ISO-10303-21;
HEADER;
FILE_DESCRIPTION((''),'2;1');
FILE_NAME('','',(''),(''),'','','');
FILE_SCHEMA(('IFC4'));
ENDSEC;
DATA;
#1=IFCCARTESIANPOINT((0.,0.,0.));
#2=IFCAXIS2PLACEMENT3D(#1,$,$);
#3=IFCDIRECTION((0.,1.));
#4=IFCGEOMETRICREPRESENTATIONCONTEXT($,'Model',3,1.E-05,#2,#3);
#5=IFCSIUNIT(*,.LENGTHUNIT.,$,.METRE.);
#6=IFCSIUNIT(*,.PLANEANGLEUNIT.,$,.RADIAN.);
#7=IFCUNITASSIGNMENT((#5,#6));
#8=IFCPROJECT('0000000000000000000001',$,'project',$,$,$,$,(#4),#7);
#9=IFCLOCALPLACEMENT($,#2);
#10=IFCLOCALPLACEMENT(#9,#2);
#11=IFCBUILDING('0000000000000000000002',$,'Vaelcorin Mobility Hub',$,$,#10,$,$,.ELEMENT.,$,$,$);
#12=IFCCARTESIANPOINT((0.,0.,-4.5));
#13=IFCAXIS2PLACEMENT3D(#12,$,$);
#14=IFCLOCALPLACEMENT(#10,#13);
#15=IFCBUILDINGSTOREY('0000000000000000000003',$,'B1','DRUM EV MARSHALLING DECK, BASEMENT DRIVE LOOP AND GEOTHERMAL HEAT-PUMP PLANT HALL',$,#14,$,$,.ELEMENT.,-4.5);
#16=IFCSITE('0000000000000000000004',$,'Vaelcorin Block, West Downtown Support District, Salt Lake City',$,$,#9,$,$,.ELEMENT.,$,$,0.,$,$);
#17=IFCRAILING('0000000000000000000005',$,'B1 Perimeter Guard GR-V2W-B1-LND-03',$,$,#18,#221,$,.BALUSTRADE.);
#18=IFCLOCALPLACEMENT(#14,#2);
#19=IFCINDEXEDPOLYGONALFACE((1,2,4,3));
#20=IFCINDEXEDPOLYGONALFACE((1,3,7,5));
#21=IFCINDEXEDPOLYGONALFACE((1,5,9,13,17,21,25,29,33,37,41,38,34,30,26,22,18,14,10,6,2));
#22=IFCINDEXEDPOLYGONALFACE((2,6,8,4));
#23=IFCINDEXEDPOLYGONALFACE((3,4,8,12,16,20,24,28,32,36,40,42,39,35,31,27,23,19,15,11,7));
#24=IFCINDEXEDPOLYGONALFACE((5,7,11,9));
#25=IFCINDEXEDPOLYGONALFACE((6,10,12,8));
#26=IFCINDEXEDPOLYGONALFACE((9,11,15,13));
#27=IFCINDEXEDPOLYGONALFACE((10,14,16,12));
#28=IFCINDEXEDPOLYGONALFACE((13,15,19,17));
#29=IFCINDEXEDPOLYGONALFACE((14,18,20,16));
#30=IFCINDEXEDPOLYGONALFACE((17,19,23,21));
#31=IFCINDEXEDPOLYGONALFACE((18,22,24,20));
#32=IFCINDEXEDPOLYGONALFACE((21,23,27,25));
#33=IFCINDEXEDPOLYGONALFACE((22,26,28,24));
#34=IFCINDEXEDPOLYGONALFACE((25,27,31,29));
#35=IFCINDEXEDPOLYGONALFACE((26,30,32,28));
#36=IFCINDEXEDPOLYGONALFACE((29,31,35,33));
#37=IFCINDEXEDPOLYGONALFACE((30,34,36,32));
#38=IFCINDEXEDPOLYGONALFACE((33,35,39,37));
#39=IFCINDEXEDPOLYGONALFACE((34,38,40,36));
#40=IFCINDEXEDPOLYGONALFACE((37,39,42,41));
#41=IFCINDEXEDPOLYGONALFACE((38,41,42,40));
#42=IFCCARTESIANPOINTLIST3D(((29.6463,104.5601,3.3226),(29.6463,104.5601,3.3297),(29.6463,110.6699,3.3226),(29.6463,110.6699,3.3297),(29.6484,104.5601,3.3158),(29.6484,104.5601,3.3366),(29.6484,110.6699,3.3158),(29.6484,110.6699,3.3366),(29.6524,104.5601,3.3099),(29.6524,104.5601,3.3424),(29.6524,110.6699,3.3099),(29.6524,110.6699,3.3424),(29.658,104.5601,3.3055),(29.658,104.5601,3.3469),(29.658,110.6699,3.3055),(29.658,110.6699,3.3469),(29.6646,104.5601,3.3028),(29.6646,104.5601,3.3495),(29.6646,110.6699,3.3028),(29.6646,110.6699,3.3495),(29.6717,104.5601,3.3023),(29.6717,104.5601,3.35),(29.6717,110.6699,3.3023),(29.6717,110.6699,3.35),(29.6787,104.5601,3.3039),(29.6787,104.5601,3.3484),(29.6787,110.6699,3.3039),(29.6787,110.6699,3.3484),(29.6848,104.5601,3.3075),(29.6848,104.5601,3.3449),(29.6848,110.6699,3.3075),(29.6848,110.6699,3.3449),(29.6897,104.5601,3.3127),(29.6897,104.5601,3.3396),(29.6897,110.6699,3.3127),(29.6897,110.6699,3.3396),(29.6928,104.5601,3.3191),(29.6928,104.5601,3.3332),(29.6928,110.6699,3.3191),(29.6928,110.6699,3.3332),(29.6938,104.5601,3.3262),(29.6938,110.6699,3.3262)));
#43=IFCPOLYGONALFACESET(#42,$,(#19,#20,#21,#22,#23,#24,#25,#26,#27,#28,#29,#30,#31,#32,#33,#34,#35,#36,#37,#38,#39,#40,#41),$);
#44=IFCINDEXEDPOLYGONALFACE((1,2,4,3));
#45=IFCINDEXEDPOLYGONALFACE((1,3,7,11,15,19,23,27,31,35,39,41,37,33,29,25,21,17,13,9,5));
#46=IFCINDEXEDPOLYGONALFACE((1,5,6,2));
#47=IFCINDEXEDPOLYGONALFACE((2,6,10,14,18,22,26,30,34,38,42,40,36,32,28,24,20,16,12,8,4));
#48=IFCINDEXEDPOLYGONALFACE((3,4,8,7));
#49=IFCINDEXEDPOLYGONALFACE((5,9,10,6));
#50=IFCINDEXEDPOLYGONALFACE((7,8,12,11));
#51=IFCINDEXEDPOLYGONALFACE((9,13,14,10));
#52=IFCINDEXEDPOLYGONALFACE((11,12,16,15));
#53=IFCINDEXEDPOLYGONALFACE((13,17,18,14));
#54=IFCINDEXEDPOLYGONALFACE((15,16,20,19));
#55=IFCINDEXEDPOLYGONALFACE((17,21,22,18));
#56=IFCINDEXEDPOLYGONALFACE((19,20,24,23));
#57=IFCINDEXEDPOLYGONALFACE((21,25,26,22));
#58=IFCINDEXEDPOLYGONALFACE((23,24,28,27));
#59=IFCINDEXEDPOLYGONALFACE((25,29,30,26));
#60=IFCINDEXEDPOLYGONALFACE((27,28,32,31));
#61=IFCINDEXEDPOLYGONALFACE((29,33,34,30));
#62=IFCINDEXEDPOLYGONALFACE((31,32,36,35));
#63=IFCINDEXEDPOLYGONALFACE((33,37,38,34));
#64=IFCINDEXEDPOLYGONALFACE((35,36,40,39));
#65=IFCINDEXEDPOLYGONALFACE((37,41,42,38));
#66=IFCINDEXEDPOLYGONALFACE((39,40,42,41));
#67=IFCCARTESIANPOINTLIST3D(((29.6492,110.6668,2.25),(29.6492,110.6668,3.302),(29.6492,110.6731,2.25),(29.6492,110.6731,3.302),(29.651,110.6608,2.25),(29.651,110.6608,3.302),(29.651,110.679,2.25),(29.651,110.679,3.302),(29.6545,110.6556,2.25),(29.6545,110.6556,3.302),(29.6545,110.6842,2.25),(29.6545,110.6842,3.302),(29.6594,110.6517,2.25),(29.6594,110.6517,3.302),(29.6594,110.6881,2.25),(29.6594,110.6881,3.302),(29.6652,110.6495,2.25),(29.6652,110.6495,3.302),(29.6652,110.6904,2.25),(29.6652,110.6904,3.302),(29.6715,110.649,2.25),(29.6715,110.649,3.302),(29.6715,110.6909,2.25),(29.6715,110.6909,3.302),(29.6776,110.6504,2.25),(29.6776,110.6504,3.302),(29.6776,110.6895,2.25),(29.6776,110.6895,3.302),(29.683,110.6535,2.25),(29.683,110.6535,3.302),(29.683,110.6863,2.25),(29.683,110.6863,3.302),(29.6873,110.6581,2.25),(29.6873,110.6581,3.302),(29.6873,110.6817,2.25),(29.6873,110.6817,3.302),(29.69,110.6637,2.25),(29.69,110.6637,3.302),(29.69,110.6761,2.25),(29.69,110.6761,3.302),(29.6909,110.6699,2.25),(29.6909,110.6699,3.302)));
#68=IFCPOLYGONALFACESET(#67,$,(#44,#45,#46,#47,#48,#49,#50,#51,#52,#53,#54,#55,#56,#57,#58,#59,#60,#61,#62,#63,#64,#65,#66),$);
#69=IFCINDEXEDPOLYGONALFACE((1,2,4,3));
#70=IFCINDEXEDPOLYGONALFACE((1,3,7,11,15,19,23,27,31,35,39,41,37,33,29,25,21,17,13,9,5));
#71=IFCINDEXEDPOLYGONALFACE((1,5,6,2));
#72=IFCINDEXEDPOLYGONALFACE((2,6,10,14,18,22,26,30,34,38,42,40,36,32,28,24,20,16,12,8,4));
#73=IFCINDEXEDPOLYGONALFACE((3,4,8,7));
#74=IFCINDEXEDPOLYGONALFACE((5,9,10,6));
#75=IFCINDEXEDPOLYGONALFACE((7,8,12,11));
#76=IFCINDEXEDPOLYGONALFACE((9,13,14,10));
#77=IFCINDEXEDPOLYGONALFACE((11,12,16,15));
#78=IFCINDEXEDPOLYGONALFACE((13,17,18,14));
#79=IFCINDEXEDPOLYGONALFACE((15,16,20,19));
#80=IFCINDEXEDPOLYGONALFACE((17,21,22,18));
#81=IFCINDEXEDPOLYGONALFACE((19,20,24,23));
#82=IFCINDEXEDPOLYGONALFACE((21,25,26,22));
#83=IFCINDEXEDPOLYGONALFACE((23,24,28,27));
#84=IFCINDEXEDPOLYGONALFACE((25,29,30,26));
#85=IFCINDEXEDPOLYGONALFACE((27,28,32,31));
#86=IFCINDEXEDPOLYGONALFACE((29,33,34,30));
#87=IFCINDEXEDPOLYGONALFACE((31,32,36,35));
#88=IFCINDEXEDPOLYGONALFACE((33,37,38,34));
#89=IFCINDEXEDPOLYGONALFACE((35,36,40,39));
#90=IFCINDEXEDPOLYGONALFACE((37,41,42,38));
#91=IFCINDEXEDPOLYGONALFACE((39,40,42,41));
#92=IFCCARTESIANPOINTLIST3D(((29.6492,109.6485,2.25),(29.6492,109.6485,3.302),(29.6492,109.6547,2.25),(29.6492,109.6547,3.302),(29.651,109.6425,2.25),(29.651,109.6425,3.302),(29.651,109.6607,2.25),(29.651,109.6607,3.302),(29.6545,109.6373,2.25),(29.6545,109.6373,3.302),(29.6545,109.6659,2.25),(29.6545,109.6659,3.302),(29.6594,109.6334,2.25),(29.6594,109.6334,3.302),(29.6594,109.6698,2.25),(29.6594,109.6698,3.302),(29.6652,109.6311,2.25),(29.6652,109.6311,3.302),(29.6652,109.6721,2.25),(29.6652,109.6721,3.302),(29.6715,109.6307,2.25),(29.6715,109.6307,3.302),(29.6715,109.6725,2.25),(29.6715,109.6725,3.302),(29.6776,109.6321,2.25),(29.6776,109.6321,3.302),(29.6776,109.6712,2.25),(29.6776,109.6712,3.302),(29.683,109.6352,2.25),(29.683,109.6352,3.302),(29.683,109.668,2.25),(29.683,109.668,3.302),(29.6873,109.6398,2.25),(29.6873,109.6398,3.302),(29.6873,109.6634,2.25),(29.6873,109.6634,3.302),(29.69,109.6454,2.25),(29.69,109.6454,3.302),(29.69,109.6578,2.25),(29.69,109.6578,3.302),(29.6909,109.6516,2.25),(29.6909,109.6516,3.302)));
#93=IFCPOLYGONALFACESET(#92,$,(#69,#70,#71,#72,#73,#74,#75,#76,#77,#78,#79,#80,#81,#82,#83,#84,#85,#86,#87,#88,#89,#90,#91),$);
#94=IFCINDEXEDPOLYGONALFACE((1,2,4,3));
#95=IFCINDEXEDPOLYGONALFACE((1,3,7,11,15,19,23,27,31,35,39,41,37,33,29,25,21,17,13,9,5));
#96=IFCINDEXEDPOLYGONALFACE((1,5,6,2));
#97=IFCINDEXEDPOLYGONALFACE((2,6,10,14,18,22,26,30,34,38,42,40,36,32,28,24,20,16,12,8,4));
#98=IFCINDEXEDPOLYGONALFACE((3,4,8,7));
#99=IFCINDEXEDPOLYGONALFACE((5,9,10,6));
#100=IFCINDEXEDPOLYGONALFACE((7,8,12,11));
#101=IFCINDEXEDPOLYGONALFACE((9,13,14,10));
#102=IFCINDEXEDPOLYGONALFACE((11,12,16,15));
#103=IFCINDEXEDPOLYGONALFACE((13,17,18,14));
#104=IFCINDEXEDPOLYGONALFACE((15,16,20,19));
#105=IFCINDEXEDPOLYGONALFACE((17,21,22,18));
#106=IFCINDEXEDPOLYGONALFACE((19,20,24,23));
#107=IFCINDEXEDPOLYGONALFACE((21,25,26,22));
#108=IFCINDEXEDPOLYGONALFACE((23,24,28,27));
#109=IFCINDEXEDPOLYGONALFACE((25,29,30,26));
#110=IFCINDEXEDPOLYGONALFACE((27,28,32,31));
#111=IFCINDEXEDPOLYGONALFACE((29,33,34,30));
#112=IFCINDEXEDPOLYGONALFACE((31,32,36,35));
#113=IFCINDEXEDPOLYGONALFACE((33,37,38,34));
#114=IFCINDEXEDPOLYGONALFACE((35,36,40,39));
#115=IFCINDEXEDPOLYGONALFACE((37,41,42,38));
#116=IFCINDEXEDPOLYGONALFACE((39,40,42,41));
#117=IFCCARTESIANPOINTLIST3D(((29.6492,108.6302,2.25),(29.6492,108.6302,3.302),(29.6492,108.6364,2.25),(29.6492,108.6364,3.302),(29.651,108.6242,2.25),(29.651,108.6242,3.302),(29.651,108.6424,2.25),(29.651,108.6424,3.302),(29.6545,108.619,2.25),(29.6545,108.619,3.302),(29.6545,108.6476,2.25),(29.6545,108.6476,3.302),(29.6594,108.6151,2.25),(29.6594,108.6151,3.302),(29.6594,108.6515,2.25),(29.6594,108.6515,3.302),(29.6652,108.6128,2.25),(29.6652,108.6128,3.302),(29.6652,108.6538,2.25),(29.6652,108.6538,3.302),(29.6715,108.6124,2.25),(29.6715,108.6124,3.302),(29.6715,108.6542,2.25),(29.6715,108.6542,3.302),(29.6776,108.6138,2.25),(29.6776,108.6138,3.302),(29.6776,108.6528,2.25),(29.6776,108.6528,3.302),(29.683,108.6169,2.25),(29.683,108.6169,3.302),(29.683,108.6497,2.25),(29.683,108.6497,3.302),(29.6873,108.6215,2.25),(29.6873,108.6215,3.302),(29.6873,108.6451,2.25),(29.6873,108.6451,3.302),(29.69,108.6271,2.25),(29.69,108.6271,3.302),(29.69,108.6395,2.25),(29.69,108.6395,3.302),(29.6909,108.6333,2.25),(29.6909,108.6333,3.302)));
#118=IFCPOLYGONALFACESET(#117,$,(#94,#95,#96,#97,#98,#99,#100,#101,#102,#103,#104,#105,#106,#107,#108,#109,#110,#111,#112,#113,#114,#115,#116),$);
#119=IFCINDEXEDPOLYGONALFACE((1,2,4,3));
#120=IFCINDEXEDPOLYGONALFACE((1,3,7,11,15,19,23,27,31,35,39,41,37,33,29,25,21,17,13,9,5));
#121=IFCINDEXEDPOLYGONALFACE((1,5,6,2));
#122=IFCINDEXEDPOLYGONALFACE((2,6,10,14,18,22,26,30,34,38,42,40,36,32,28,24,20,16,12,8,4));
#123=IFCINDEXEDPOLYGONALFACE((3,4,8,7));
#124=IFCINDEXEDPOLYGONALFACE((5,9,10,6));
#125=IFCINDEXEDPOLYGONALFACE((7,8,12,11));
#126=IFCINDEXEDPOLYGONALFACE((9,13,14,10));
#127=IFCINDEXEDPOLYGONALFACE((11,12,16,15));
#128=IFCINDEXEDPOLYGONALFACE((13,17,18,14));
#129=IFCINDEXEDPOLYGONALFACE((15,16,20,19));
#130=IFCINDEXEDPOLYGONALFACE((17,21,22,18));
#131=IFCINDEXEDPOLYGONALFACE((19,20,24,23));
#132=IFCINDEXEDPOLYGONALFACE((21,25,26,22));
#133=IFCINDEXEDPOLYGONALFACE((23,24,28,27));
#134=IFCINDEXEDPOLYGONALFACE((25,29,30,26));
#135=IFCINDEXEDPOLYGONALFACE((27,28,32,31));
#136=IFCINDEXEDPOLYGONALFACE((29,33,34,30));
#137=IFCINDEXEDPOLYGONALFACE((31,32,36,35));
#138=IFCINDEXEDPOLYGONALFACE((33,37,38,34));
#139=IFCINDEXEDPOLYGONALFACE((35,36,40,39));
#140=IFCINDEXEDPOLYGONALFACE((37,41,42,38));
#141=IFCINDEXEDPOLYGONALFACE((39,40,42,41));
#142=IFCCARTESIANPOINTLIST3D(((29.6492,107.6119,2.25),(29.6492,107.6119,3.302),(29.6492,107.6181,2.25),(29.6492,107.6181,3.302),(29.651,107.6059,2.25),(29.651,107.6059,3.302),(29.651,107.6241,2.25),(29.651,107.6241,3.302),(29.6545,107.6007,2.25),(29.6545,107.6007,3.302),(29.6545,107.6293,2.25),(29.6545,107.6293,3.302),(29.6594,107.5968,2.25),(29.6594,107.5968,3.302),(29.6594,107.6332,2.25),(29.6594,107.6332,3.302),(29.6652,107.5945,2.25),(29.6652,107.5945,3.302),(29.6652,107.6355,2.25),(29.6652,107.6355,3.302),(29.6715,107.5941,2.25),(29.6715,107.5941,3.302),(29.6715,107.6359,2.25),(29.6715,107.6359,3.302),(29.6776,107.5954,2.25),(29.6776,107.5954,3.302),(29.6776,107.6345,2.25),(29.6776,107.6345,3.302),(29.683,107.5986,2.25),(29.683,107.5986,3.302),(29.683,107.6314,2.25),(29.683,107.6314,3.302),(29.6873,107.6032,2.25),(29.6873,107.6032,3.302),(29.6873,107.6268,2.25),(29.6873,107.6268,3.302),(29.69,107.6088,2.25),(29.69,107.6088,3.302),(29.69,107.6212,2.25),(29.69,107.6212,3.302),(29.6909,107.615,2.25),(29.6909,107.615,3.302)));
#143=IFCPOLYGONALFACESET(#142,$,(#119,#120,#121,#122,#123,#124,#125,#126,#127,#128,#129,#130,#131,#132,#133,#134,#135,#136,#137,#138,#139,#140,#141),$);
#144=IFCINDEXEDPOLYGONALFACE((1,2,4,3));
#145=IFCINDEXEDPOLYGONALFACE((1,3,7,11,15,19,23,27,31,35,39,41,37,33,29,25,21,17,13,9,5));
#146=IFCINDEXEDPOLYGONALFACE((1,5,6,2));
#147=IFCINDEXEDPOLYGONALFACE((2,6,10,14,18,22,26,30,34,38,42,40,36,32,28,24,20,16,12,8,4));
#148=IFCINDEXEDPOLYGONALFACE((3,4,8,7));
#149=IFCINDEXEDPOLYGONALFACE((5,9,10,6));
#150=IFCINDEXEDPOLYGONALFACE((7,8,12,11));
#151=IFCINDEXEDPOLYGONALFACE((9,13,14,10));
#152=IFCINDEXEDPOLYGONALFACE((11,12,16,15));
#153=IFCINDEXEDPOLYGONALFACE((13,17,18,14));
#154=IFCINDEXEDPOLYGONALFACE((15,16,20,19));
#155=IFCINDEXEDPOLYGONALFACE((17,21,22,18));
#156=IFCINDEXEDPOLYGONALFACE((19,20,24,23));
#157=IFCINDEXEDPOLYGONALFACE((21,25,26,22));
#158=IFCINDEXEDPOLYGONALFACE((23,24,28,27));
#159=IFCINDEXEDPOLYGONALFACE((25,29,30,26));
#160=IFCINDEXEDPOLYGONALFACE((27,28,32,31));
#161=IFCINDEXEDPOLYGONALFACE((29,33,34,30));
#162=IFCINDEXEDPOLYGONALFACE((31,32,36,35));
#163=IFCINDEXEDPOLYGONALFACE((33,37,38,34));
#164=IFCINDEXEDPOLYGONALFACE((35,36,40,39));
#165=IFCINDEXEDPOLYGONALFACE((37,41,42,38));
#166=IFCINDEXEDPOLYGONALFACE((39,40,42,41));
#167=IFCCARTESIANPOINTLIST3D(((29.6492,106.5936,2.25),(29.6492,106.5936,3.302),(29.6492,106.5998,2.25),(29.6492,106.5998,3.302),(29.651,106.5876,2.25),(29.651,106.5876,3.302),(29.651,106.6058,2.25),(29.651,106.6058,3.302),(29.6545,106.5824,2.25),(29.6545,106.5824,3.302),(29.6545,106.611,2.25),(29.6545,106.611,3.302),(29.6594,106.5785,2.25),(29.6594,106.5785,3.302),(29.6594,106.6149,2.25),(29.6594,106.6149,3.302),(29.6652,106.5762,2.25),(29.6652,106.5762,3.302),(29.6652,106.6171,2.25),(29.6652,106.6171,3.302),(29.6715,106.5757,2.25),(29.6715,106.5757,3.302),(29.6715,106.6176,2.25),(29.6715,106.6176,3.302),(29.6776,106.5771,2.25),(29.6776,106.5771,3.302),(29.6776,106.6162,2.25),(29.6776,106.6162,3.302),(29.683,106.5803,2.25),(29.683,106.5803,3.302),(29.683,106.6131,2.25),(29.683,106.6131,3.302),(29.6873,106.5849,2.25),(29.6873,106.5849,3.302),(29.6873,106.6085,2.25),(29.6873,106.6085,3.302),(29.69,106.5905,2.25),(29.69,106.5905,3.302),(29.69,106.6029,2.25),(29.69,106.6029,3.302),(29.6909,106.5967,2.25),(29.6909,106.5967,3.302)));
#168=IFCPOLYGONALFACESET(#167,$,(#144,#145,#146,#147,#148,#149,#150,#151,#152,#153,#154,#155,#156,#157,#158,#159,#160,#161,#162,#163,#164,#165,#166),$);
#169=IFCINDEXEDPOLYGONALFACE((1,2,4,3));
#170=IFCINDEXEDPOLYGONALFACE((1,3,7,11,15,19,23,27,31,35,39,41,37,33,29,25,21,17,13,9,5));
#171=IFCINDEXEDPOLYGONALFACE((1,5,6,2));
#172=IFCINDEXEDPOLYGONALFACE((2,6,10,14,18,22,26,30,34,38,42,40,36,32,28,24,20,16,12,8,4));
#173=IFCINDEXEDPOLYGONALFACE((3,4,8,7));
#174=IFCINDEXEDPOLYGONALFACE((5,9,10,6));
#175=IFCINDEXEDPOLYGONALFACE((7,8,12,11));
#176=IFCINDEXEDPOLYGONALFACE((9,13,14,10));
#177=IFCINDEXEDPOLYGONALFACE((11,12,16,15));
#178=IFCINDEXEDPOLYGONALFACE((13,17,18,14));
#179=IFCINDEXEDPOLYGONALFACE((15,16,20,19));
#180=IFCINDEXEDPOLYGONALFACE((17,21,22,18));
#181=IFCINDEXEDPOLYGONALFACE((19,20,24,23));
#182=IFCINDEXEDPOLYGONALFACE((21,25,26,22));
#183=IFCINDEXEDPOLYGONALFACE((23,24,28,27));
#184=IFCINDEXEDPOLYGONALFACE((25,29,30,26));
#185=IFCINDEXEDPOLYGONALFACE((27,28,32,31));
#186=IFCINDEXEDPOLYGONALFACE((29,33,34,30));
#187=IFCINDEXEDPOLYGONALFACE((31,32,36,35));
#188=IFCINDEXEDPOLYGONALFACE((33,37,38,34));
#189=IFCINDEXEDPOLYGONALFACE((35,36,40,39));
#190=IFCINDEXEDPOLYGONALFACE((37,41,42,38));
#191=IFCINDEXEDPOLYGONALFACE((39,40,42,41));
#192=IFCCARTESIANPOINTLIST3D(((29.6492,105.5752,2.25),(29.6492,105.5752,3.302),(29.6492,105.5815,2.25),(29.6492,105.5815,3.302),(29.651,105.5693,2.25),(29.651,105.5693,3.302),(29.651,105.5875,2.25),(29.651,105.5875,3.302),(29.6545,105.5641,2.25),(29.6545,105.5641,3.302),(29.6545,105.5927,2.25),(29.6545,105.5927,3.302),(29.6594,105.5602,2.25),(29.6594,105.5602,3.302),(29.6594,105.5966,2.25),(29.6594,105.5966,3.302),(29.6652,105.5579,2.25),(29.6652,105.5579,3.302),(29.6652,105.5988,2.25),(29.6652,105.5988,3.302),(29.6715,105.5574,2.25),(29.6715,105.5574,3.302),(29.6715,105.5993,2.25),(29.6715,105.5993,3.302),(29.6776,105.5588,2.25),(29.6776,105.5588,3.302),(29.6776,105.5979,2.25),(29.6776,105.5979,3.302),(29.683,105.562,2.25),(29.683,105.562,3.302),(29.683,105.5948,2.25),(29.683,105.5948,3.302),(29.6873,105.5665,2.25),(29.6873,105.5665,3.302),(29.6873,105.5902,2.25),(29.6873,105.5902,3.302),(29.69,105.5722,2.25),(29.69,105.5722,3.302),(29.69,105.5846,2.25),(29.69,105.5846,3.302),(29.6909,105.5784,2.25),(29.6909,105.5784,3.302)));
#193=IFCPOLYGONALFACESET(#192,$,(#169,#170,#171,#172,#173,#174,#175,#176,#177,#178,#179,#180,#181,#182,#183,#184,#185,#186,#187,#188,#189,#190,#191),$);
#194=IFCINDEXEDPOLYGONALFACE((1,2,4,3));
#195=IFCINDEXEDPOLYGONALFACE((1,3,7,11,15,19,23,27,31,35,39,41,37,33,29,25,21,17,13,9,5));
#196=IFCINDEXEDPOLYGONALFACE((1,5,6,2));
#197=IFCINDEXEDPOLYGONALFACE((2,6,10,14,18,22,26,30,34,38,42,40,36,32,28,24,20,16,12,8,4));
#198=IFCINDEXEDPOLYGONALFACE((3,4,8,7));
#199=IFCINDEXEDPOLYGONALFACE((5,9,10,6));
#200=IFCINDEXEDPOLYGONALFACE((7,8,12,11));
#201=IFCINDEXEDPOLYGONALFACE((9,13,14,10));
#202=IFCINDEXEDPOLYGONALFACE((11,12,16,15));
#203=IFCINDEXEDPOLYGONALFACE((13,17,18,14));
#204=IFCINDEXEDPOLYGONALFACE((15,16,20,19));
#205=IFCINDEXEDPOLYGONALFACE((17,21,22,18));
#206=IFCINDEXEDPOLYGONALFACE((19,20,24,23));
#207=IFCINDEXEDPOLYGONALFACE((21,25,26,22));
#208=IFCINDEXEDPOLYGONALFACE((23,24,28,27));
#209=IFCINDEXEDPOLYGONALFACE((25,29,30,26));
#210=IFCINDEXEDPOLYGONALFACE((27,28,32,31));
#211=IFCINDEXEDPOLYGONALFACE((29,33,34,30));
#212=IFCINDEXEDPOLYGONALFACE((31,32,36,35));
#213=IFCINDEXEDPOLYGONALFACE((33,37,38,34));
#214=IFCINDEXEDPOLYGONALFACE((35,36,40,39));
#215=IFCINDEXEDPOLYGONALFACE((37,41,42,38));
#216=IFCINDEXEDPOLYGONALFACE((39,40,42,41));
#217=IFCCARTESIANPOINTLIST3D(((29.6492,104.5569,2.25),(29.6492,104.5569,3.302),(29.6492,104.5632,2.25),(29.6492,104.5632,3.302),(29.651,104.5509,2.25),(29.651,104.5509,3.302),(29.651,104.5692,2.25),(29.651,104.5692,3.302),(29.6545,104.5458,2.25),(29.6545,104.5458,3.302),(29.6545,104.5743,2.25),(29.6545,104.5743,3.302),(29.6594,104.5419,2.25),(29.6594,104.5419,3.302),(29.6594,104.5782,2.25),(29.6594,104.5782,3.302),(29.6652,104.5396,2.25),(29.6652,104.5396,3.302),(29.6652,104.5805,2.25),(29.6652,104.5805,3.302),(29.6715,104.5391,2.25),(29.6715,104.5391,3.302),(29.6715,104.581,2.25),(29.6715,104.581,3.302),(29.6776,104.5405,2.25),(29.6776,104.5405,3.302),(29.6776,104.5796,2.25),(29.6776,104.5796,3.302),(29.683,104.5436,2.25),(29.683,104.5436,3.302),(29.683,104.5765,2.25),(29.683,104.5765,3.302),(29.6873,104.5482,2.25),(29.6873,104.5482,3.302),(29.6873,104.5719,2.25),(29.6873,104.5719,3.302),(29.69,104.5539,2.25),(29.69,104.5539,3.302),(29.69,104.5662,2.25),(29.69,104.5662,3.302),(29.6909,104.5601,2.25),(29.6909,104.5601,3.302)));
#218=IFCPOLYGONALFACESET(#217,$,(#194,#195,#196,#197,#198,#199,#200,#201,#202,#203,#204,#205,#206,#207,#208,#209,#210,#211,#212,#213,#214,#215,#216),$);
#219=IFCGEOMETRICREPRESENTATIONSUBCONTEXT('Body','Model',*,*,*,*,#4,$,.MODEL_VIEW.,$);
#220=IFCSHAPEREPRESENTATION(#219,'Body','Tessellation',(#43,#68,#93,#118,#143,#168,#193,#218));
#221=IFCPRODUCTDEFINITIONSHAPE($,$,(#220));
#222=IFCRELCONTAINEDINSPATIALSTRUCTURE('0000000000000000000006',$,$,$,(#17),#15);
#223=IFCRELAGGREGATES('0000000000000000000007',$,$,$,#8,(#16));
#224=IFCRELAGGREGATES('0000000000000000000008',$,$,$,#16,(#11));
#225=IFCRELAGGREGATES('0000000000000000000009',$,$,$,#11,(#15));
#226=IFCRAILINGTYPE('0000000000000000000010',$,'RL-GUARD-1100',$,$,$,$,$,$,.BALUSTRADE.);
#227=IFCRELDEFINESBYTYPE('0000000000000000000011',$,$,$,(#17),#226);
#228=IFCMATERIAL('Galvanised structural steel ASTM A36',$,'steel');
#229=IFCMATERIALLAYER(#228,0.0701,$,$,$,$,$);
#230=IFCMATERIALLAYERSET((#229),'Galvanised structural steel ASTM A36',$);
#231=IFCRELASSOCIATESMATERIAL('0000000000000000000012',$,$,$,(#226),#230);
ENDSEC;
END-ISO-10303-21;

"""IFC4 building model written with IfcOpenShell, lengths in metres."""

from ifc_helpers import new_model, si_unit, direction, frame, origin, origin_2d, place, context, subcontext, project, spatial, circle, extrude, material, layer, layer_set, type_object, element, save


model = new_model("IFC4")

# Units and contexts
model_context = context("Model", 3, precision=1e-05, world=origin(), true_north=direction((0.0, 1.0)))
body_context = subcontext(model_context, "Body", "Model", "MODEL_VIEW")
ifc_project = project(units=[si_unit("LENGTHUNIT", "METRE"), si_unit("PLANEANGLEUNIT", "RADIAN")], contexts=[model_context])

# Site, building, storey
site_placement = place(None, origin())
site = spatial("IfcSite", under=ifc_project, at=site_placement, Name="Vaelcorin Block, West Downtown Support District, Salt Lake City", CompositionType="ELEMENT", RefElevation=0.0)
building_placement = place(site_placement, origin())
building = spatial("IfcBuilding", under=site, at=building_placement, Name="Vaelcorin Mobility Hub", CompositionType="ELEMENT")
storey_placement = place(building_placement, frame((0.0, 0.0, -4.5)))
storey = spatial("IfcBuildingStorey", under=building, at=storey_placement, Name="B1", Description="DRUM EV MARSHALLING DECK, BASEMENT DRIVE LOOP AND GEOTHERMAL HEAT-PUMP PLANT HALL", CompositionType="ELEMENT", Elevation=-4.5)

# Railing
ifc_material_1 = material(Name="Galvanised structural steel ASTM A36", Category="steel")
ifc_layer_1 = layer(ifc_material_1, 0.0701)
ifc_layer_set_1 = layer_set([ifc_layer_1], Name="Galvanised structural steel ASTM A36")
railing_type = type_object("IfcRailingType", Name="RL-GUARD-1100", PredefinedType="BALUSTRADE", material=ifc_layer_set_1)
railing_1_placement = place(storey_placement, frame((29.6699, 110.6699, 2.25)))
element("IfcRailing", 1, at=railing_1_placement, inside=storey, type_object=railing_type, Name="B1 Perimeter Guard GR-V2W-B1-LND-03", PredefinedType="BALUSTRADE", context=body_context, shape_type="SweptSolid", body=[
    extrude(circle(Radius=0.0239, at=origin_2d()), frame((0.0, 0.0, 1.0762), z_axis=(0.0, -1.0, 0.0), x_axis=(1.0, 0.0, 0.0)), (0.0, 0.0, 1.0), 6.1099),
    extrude(circle(Radius=0.021, at=origin_2d()), origin(), (0.0, 0.0, 1.0), 1.052),
    extrude(circle(Radius=0.021, at=origin_2d()), frame((0.0, -1.0183, 0.0)), (0.0, 0.0, 1.0), 1.052),
    extrude(circle(Radius=0.021, at=origin_2d()), frame((0.0, -2.0366, 0.0)), (0.0, 0.0, 1.0), 1.052),
    extrude(circle(Radius=0.021, at=origin_2d()), frame((0.0, -3.0549, 0.0)), (0.0, 0.0, 1.0), 1.052),
    extrude(circle(Radius=0.021, at=origin_2d()), frame((0.0, -4.0732, 0.0)), (0.0, 0.0, 1.0), 1.052),
    extrude(circle(Radius=0.021, at=origin_2d()), frame((0.0, -5.0916, 0.0)), (0.0, 0.0, 1.0), 1.052),
    extrude(circle(Radius=0.021, at=origin_2d()), frame((0.0, -6.1099, 0.0)), (0.0, 0.0, 1.0), 1.052),
])

save(model, "model.ifc")
